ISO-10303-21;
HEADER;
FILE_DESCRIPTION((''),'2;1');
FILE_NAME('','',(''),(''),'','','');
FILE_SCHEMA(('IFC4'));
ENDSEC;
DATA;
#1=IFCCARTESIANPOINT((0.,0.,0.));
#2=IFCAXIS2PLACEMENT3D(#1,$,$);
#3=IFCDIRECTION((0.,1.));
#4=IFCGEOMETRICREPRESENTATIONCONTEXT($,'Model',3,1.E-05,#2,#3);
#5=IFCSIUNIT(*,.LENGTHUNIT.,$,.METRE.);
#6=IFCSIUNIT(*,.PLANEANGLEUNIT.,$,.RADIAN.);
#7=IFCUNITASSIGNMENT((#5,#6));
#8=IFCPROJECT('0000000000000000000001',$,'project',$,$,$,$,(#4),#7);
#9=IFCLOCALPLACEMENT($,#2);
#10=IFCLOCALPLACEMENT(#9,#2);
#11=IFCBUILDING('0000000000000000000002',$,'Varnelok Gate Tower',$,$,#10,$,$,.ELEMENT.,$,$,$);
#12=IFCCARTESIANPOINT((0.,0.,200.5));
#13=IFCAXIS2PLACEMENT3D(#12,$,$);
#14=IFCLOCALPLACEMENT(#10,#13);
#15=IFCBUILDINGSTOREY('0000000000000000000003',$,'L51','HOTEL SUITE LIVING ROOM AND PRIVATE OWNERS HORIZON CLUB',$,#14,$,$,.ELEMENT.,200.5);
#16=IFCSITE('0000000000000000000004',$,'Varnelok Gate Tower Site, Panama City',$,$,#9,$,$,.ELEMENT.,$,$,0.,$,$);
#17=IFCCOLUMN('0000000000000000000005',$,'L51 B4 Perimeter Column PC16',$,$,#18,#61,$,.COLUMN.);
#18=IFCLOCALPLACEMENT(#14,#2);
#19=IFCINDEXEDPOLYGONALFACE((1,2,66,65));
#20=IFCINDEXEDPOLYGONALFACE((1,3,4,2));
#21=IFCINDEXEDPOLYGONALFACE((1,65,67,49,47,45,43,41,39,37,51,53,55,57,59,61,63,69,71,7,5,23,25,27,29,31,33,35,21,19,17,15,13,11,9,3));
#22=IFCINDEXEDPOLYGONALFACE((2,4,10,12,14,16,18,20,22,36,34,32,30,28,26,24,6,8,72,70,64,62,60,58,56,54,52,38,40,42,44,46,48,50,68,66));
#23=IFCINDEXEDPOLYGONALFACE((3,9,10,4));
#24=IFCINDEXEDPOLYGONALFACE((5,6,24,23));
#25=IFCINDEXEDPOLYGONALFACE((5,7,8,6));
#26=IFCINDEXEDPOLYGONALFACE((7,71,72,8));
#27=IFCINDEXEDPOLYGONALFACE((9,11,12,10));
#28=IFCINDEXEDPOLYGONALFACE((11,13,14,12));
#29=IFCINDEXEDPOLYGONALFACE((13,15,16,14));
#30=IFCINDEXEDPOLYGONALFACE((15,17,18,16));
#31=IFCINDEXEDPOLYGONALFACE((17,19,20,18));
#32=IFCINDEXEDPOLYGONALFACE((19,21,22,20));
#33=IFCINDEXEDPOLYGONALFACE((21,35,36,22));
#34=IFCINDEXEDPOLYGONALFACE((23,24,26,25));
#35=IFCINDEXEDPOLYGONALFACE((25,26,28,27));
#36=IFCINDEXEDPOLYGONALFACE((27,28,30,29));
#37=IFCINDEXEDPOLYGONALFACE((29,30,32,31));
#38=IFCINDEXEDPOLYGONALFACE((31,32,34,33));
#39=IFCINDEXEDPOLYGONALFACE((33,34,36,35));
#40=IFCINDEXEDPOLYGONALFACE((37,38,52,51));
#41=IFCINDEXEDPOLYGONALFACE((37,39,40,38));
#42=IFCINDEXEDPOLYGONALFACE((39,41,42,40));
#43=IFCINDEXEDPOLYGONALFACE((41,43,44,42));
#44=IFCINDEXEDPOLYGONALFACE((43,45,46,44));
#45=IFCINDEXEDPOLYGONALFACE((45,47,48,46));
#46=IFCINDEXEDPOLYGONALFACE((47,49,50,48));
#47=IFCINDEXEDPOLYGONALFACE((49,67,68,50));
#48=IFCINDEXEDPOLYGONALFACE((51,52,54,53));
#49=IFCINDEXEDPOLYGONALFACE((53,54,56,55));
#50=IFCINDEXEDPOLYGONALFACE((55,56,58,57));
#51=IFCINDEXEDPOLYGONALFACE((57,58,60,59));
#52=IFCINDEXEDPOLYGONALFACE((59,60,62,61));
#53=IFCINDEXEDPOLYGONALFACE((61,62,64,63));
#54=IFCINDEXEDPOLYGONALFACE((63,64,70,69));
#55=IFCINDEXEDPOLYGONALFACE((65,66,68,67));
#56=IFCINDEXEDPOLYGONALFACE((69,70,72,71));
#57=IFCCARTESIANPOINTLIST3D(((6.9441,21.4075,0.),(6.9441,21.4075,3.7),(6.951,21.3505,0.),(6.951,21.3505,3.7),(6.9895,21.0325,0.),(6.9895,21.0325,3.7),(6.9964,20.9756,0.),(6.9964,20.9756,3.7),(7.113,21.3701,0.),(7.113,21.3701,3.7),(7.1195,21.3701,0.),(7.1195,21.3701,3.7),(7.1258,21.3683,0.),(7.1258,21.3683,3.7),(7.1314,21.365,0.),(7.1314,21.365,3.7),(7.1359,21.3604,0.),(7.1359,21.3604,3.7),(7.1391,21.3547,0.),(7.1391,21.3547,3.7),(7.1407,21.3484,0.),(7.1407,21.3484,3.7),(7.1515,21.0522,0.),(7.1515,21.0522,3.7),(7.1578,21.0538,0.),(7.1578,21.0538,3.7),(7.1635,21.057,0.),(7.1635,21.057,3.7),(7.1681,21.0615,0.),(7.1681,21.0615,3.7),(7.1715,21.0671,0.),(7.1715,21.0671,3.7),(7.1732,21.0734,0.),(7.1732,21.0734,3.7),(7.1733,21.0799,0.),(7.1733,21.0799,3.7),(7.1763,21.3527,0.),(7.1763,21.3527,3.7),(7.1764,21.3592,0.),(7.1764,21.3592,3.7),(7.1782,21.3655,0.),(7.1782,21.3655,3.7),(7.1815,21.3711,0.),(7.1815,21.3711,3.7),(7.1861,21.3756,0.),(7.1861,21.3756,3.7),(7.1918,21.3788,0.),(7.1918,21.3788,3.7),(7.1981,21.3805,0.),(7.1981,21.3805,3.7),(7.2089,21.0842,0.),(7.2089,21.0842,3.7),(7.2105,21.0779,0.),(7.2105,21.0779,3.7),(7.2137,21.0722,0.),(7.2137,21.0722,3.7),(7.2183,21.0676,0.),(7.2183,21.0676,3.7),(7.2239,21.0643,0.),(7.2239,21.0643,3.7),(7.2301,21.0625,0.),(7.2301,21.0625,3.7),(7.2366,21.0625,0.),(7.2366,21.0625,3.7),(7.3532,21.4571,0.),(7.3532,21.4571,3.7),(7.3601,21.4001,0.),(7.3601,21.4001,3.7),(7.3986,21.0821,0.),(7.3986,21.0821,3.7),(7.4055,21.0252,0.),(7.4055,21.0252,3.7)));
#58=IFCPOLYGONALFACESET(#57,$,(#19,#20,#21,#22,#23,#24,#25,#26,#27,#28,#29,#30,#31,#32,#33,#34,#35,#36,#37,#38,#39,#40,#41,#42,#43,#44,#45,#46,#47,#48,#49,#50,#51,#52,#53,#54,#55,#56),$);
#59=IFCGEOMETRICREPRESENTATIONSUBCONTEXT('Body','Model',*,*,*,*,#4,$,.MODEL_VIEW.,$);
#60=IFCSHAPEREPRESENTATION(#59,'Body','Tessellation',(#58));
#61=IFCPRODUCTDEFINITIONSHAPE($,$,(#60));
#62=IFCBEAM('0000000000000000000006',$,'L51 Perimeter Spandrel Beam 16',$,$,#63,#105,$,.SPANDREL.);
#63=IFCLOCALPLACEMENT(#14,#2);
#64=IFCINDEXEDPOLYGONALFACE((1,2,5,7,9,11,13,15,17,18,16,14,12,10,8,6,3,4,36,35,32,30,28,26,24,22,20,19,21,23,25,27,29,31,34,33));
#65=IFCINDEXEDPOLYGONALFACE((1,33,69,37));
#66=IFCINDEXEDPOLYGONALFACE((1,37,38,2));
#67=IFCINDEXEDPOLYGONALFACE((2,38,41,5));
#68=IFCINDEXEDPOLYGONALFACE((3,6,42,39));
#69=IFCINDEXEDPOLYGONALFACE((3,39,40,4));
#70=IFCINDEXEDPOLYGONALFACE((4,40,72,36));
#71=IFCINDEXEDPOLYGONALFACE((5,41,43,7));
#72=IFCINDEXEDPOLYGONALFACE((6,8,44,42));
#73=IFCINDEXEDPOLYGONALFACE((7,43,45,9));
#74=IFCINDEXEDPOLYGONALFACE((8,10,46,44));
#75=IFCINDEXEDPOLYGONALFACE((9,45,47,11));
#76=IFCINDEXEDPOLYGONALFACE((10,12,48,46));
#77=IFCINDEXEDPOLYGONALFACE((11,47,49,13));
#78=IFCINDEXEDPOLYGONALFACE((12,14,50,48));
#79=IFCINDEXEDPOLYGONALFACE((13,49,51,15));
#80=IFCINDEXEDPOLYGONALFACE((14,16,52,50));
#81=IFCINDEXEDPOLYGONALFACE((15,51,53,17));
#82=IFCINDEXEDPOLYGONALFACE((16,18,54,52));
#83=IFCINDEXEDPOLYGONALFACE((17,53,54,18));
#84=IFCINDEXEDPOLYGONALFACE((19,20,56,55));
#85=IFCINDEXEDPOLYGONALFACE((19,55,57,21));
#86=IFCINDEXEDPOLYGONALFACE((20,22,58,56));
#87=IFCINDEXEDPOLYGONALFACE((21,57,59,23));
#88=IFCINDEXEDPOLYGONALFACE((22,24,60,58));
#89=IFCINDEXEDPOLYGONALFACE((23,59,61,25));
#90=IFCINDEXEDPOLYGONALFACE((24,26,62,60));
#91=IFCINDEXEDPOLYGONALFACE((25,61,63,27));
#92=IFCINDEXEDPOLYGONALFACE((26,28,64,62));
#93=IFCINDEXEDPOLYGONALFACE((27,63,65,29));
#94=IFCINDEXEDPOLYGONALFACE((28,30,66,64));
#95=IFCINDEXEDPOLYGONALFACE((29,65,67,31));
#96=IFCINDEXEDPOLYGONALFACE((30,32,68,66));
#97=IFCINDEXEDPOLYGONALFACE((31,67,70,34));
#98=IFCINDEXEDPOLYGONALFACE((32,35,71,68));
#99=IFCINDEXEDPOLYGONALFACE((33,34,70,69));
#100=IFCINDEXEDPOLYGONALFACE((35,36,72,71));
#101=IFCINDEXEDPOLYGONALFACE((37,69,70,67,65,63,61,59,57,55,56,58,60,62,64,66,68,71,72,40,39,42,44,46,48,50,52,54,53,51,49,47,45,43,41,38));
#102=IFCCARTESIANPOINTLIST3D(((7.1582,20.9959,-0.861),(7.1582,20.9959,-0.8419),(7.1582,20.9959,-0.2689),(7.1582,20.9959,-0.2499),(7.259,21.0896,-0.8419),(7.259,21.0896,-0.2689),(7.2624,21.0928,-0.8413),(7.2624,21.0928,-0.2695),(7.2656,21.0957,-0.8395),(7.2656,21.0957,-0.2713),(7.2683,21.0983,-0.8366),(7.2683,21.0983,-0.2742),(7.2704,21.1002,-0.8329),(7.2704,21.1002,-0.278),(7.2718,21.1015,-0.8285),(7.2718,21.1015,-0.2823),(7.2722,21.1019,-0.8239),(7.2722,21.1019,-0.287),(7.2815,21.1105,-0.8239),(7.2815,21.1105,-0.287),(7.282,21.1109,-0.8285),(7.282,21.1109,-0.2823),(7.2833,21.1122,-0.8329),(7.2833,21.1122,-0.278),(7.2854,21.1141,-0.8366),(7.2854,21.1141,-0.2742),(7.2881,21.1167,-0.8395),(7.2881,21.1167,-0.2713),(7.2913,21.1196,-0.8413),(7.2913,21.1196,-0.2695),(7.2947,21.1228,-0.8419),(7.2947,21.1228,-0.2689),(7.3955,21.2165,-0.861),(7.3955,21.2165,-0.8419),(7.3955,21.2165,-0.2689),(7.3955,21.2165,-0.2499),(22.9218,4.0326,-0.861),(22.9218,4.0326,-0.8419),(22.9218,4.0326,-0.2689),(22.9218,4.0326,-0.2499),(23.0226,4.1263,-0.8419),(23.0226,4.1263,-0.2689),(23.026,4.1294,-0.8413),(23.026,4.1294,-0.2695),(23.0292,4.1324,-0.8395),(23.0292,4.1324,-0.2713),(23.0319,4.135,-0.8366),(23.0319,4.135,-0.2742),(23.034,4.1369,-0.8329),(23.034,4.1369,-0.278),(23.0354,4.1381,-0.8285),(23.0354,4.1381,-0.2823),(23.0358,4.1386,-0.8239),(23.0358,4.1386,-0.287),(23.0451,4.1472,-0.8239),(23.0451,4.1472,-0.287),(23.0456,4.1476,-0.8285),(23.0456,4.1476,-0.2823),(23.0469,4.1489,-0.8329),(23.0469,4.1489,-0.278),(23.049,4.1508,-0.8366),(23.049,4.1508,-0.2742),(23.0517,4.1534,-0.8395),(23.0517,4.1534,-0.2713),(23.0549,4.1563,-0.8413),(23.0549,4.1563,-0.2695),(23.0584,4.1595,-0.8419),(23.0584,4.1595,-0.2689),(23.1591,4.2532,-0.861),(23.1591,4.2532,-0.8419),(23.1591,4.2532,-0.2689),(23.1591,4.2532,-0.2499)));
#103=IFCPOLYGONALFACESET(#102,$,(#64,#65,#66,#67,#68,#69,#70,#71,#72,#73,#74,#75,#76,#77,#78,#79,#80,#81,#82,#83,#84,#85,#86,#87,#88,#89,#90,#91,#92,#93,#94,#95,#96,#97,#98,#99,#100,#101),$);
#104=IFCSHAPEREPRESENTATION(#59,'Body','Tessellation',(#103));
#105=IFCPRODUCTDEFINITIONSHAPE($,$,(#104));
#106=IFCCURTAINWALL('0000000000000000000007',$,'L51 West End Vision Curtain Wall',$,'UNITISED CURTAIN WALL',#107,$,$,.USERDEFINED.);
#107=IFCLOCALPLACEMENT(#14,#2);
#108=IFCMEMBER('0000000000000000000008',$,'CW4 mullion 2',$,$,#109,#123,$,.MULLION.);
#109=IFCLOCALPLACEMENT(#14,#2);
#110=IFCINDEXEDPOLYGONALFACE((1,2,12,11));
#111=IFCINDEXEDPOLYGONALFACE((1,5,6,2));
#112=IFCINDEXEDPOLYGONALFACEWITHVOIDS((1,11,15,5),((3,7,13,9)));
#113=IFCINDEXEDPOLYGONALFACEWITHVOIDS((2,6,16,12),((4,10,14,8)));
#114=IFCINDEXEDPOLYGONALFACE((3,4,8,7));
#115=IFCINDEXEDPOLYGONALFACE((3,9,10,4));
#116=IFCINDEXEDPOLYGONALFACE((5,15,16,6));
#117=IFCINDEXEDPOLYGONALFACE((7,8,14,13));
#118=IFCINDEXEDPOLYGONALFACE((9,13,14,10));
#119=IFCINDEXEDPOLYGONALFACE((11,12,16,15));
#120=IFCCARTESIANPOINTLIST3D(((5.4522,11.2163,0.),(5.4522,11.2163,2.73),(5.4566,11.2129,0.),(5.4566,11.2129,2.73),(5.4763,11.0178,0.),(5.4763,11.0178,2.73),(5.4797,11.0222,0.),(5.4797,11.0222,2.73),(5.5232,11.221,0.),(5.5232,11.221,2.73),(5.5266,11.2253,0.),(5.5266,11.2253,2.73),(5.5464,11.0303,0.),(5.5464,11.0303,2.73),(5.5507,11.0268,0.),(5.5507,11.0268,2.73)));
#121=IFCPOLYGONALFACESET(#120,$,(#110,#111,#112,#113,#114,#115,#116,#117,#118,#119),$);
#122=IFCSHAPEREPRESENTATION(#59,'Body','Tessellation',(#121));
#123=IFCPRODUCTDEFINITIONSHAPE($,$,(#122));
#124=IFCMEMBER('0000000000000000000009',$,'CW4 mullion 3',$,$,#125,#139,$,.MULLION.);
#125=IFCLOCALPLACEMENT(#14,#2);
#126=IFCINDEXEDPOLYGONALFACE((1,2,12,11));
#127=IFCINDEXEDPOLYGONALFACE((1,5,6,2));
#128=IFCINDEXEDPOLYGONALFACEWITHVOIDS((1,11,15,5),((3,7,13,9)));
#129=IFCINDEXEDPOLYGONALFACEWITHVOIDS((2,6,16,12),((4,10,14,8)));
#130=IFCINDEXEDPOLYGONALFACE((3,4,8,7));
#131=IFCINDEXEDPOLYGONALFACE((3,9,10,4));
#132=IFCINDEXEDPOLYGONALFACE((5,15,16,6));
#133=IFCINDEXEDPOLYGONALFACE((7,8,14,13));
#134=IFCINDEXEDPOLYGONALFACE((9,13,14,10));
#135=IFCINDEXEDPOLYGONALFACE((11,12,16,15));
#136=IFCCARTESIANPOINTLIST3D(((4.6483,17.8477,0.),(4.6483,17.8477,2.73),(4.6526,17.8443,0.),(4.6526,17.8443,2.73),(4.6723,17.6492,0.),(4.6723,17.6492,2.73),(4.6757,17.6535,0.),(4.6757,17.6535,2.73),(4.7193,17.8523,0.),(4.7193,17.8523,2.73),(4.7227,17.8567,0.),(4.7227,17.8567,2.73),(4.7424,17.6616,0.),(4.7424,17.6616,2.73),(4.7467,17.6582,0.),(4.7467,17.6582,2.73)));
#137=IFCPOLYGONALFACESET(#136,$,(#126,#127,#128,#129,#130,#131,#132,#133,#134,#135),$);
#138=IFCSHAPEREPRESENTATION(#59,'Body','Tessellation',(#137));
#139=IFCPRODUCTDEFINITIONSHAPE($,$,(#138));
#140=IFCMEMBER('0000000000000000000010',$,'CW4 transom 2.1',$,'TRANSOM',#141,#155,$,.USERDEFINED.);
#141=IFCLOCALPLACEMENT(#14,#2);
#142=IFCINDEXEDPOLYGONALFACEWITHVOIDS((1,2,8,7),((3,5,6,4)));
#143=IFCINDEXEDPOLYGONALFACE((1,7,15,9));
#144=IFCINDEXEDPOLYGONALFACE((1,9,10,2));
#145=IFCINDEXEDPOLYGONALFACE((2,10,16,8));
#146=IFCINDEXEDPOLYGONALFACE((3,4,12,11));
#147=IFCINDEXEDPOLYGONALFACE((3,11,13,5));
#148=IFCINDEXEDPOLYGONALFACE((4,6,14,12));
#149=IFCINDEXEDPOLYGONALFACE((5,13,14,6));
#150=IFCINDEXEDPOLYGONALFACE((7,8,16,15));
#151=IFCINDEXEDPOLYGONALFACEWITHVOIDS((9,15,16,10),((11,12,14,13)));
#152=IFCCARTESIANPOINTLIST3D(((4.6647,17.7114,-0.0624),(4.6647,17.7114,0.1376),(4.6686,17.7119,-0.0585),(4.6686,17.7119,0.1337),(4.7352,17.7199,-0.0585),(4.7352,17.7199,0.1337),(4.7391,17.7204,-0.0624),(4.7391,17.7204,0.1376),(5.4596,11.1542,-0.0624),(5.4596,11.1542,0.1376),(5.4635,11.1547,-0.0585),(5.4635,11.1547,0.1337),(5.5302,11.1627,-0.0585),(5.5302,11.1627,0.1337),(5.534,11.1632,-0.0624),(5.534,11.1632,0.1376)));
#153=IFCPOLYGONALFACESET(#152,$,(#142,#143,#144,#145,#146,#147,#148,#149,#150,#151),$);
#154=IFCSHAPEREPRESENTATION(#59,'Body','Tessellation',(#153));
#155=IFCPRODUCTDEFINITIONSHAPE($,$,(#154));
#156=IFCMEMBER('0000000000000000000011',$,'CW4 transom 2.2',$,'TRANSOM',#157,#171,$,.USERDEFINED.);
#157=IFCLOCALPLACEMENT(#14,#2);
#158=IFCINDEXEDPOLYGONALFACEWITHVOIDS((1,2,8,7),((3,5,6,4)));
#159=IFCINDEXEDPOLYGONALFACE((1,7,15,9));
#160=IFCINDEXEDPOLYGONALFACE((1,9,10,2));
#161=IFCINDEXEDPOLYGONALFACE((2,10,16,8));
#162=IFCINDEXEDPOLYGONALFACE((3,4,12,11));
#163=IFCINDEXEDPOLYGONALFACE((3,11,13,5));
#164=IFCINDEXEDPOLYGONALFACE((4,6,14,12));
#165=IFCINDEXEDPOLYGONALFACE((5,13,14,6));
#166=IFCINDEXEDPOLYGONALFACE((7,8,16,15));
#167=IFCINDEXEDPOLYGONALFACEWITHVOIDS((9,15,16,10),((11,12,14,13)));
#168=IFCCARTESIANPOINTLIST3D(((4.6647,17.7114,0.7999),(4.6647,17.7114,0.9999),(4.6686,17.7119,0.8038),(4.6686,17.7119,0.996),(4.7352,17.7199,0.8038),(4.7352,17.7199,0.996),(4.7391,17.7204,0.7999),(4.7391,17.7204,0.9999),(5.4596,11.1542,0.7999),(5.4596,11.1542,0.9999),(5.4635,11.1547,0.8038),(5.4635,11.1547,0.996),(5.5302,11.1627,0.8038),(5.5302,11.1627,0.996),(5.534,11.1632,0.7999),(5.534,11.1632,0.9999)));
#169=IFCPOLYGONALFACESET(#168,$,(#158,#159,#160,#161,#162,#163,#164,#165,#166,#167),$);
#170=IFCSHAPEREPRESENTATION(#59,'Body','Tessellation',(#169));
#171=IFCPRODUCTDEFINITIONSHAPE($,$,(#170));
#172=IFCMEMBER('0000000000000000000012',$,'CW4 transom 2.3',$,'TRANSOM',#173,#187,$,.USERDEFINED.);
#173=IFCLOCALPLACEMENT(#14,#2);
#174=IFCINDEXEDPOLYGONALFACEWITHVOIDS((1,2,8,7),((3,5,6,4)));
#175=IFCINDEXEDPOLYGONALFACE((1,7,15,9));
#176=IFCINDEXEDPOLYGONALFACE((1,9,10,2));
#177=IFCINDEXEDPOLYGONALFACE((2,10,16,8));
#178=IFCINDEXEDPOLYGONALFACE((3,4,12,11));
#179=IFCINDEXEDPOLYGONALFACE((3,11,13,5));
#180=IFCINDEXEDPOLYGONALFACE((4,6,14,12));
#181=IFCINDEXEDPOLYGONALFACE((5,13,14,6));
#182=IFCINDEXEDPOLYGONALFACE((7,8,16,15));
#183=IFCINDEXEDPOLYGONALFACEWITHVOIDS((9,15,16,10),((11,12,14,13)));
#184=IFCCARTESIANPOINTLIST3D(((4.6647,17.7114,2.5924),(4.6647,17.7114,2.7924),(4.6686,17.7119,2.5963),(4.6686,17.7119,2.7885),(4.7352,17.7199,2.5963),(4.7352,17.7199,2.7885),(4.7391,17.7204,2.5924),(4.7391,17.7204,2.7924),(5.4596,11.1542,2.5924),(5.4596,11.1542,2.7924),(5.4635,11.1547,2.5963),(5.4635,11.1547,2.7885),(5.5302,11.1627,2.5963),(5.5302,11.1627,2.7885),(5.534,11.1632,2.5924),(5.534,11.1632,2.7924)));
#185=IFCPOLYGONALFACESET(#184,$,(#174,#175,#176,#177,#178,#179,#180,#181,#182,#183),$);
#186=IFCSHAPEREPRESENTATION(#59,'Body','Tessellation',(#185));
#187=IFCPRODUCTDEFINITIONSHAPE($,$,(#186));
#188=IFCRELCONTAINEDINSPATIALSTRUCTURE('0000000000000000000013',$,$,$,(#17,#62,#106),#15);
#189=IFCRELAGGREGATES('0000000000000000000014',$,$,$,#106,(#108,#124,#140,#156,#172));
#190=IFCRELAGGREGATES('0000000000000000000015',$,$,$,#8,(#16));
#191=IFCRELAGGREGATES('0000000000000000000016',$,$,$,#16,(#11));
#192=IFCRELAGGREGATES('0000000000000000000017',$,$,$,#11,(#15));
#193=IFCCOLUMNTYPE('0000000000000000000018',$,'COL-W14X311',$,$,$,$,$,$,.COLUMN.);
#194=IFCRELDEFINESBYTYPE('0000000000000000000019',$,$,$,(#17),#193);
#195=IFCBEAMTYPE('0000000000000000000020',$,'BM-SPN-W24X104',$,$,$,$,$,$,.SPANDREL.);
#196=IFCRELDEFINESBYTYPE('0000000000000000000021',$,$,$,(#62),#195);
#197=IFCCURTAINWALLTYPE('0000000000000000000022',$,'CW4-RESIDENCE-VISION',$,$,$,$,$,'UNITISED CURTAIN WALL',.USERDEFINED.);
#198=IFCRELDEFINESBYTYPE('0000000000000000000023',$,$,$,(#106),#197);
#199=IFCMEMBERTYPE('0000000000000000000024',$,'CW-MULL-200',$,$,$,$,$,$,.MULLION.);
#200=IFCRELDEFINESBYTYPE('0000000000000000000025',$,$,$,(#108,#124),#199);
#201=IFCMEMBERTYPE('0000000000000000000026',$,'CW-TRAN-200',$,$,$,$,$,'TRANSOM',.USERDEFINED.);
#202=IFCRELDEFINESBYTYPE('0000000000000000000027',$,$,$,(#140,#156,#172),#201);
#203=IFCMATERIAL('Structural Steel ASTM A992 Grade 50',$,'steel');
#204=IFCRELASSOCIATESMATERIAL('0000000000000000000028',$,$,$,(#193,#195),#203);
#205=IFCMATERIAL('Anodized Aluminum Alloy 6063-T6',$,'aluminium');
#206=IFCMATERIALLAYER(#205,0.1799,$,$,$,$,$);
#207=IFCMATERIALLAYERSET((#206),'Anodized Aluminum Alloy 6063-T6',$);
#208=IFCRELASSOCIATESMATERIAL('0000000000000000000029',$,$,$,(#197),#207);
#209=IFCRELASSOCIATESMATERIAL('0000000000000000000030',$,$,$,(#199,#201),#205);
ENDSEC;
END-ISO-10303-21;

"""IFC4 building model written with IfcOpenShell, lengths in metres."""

from ifc_helpers import new_model, si_unit, direction, frame, origin, origin_2d, place, context, subcontext, project, spatial, hollow_rectangle, i_section, extrude, material, layer, layer_set, material_profile, profile_set, type_object, element, aggregate, save


model = new_model("IFC4")

# Units and contexts
model_context = context("Model", 3, precision=1e-05, world=origin(), true_north=direction((0.0, 1.0)))
body_context = subcontext(model_context, "Body", "Model", "MODEL_VIEW")
ifc_project = project(units=[si_unit("LENGTHUNIT", "METRE"), si_unit("PLANEANGLEUNIT", "RADIAN")], contexts=[model_context])

# Site, building, storey
site_placement = place(None, origin())
site = spatial("IfcSite", under=ifc_project, at=site_placement, Name="Varnelok Gate Tower Site, Panama City", CompositionType="ELEMENT", RefElevation=0.0)
building_placement = place(site_placement, origin())
building = spatial("IfcBuilding", under=site, at=building_placement, Name="Varnelok Gate Tower", CompositionType="ELEMENT")
storey_placement = place(building_placement, frame((0.0, 0.0, 200.5)))
storey = spatial("IfcBuildingStorey", under=building, at=storey_placement, Name="L51", Description="HOTEL SUITE LIVING ROOM AND PRIVATE OWNERS HORIZON CLUB", CompositionType="ELEMENT", Elevation=200.5)

# Column
ifc_material_1 = material(Name="Structural Steel ASTM A992 Grade 50", Category="steel")
ifc_material_profile_1 = material_profile(ifc_material_1, i_section(OverallWidth=0.4121, OverallDepth=0.4351, WebThickness=0.0359, FlangeThickness=0.0574, FilletRadius=0.0249, at=origin_2d()), Name="W14X311")
ifc_profile_set_1 = profile_set([ifc_material_profile_1], Name="Structural Steel ASTM A992 Grade 50")
column_type = type_object("IfcColumnType", Name="COL-W14X311", PredefinedType="COLUMN", material=ifc_profile_set_1)
column_placement = place(storey_placement, frame((7.1748, 21.2163, 0.0), z_axis=(0.0, 0.0, 1.0), x_axis=(0.992732, 0.120345, 0.0)))
element("IfcColumn", 1, at=column_placement, inside=storey, type_object=column_type, Name="L51 B4 Perimeter Column PC16", PredefinedType="COLUMN", context=body_context, shape_type="SweptSolid", body=[
    extrude(i_section(OverallWidth=0.4121, OverallDepth=0.4351, WebThickness=0.0359, FlangeThickness=0.0574, FilletRadius=0.0249, at=origin_2d()), origin(), (0.0, 0.0, 1.0), 3.7),
])

# Beam
ifc_material_profile_2 = material_profile(ifc_material_1, i_section(OverallWidth=0.324, OverallDepth=0.6111, WebThickness=0.0127, FlangeThickness=0.019, FilletRadius=0.0181, at=origin_2d()), Name="W24X104")
ifc_profile_set_2 = profile_set([ifc_material_profile_2], Name="Structural Steel ASTM A992 Grade 50")
beam_type = type_object("IfcBeamType", Name="BM-SPN-W24X104", PredefinedType="SPANDREL", material=ifc_profile_set_2)
beam_placement = place(storey_placement, frame((7.2769, 21.1062, -0.5554), z_axis=(0.680728, -0.732536, 0.0), x_axis=(0.732536, 0.680728, 0.0)))
element("IfcBeam", 2, at=beam_placement, inside=storey, type_object=beam_type, Name="L51 Perimeter Spandrel Beam 16", PredefinedType="SPANDREL", context=body_context, shape_type="SweptSolid", body=[
    extrude(i_section(OverallWidth=0.324, OverallDepth=0.6111, WebThickness=0.0127, FlangeThickness=0.019, FilletRadius=0.0181, at=origin_2d()), origin(), (0.0, 0.0, 1.0), 23.157),
])

# Curtain wall, members
ifc_material_2 = material(Name="Anodized Aluminum Alloy 6063-T6", Category="aluminium")
ifc_layer_1 = layer(ifc_material_2, 0.1799)
ifc_layer_set_1 = layer_set([ifc_layer_1], Name="Anodized Aluminum Alloy 6063-T6")
curtain_wall_type = type_object("IfcCurtainWallType", Name="CW4-RESIDENCE-VISION", ElementType="UNITISED CURTAIN WALL", PredefinedType="USERDEFINED", material=ifc_layer_set_1)
curtain_wall_placement = place(storey_placement, origin())
curtain_wall = element("IfcCurtainWall", 3, at=curtain_wall_placement, inside=storey, type_object=curtain_wall_type, Name="L51 West End Vision Curtain Wall", ObjectType="UNITISED CURTAIN WALL", PredefinedType="USERDEFINED")
ifc_material_profile_3 = material_profile(ifc_material_2, hollow_rectangle(XDim=0.075, YDim=0.2, WallThickness=0.0039, at=origin_2d()), Name="ALU200X75X4")
ifc_profile_set_3 = profile_set([ifc_material_profile_3], Name="Anodized Aluminum Alloy 6063-T6")
member_type_1 = type_object("IfcMemberType", Name="CW-MULL-200", PredefinedType="MULLION", material=ifc_profile_set_3)
member_1_placement = place(storey_placement, frame((5.5015, 11.1216, 0.0), z_axis=(0.0, 0.0, 1.0), x_axis=(-0.992732, -0.120345, 0.0)))
member_1 = element("IfcMember", 4, at=member_1_placement, type_object=member_type_1, Name="CW4 mullion 2", PredefinedType="MULLION", context=body_context, shape_type="SweptSolid", body=[
    extrude(hollow_rectangle(XDim=0.075, YDim=0.2, WallThickness=0.0039, at=origin_2d()), origin(), (0.0, 0.0, 1.0), 2.73),
])
member_2_placement = place(storey_placement, frame((4.6975, 17.7529, 0.0), z_axis=(0.0, 0.0, 1.0), x_axis=(-0.992732, -0.120345, 0.0)))
member_2 = element("IfcMember", 5, at=member_2_placement, type_object=member_type_1, Name="CW4 mullion 3", PredefinedType="MULLION", context=body_context, shape_type="SweptSolid", body=[
    extrude(hollow_rectangle(XDim=0.075, YDim=0.2, WallThickness=0.0039, at=origin_2d()), origin(), (0.0, 0.0, 1.0), 2.73),
])
ifc_material_profile_4 = material_profile(ifc_material_2, hollow_rectangle(XDim=0.075, YDim=0.2, WallThickness=0.0039, at=origin_2d()), Name="ALU200X75X4")
ifc_profile_set_4 = profile_set([ifc_material_profile_4], Name="Anodized Aluminum Alloy 6063-T6")
member_type_2 = type_object("IfcMemberType", Name="CW-TRAN-200", ElementType="TRANSOM", PredefinedType="USERDEFINED", material=ifc_profile_set_4)
member_3_placement = place(storey_placement, frame((5.4968, 11.1587, 0.0376), z_axis=(-0.120349, 0.992732, 0.0), x_axis=(-0.992732, -0.120349, 0.0)))
member_3 = element("IfcMember", 6, at=member_3_placement, type_object=member_type_2, Name="CW4 transom 2.1", ObjectType="TRANSOM", PredefinedType="USERDEFINED", context=body_context, shape_type="SweptSolid", body=[
    extrude(hollow_rectangle(XDim=0.075, YDim=0.2, WallThickness=0.0039, at=origin_2d()), origin(), (0.0, 0.0, 1.0), 6.6052),
])
member_4_placement = place(storey_placement, frame((5.4968, 11.1587, 0.8999), z_axis=(-0.120349, 0.992732, 0.0), x_axis=(-0.992732, -0.120349, 0.0)))
member_4 = element("IfcMember", 7, at=member_4_placement, type_object=member_type_2, Name="CW4 transom 2.2", ObjectType="TRANSOM", PredefinedType="USERDEFINED", context=body_context, shape_type="SweptSolid", body=[
    extrude(hollow_rectangle(XDim=0.075, YDim=0.2, WallThickness=0.0039, at=origin_2d()), origin(), (0.0, 0.0, 1.0), 6.6052),
])
member_5_placement = place(storey_placement, frame((5.4968, 11.1587, 2.6924), z_axis=(-0.120349, 0.992732, 0.0), x_axis=(-0.992732, -0.120349, 0.0)))
member_5 = element("IfcMember", 8, at=member_5_placement, type_object=member_type_2, Name="CW4 transom 2.3", ObjectType="TRANSOM", PredefinedType="USERDEFINED", context=body_context, shape_type="SweptSolid", body=[
    extrude(hollow_rectangle(XDim=0.075, YDim=0.2, WallThickness=0.0039, at=origin_2d()), origin(), (0.0, 0.0, 1.0), 6.6052),
])
aggregate(curtain_wall, [member_1, member_2, member_3, member_4, member_5])

save(model, "model.ifc")
